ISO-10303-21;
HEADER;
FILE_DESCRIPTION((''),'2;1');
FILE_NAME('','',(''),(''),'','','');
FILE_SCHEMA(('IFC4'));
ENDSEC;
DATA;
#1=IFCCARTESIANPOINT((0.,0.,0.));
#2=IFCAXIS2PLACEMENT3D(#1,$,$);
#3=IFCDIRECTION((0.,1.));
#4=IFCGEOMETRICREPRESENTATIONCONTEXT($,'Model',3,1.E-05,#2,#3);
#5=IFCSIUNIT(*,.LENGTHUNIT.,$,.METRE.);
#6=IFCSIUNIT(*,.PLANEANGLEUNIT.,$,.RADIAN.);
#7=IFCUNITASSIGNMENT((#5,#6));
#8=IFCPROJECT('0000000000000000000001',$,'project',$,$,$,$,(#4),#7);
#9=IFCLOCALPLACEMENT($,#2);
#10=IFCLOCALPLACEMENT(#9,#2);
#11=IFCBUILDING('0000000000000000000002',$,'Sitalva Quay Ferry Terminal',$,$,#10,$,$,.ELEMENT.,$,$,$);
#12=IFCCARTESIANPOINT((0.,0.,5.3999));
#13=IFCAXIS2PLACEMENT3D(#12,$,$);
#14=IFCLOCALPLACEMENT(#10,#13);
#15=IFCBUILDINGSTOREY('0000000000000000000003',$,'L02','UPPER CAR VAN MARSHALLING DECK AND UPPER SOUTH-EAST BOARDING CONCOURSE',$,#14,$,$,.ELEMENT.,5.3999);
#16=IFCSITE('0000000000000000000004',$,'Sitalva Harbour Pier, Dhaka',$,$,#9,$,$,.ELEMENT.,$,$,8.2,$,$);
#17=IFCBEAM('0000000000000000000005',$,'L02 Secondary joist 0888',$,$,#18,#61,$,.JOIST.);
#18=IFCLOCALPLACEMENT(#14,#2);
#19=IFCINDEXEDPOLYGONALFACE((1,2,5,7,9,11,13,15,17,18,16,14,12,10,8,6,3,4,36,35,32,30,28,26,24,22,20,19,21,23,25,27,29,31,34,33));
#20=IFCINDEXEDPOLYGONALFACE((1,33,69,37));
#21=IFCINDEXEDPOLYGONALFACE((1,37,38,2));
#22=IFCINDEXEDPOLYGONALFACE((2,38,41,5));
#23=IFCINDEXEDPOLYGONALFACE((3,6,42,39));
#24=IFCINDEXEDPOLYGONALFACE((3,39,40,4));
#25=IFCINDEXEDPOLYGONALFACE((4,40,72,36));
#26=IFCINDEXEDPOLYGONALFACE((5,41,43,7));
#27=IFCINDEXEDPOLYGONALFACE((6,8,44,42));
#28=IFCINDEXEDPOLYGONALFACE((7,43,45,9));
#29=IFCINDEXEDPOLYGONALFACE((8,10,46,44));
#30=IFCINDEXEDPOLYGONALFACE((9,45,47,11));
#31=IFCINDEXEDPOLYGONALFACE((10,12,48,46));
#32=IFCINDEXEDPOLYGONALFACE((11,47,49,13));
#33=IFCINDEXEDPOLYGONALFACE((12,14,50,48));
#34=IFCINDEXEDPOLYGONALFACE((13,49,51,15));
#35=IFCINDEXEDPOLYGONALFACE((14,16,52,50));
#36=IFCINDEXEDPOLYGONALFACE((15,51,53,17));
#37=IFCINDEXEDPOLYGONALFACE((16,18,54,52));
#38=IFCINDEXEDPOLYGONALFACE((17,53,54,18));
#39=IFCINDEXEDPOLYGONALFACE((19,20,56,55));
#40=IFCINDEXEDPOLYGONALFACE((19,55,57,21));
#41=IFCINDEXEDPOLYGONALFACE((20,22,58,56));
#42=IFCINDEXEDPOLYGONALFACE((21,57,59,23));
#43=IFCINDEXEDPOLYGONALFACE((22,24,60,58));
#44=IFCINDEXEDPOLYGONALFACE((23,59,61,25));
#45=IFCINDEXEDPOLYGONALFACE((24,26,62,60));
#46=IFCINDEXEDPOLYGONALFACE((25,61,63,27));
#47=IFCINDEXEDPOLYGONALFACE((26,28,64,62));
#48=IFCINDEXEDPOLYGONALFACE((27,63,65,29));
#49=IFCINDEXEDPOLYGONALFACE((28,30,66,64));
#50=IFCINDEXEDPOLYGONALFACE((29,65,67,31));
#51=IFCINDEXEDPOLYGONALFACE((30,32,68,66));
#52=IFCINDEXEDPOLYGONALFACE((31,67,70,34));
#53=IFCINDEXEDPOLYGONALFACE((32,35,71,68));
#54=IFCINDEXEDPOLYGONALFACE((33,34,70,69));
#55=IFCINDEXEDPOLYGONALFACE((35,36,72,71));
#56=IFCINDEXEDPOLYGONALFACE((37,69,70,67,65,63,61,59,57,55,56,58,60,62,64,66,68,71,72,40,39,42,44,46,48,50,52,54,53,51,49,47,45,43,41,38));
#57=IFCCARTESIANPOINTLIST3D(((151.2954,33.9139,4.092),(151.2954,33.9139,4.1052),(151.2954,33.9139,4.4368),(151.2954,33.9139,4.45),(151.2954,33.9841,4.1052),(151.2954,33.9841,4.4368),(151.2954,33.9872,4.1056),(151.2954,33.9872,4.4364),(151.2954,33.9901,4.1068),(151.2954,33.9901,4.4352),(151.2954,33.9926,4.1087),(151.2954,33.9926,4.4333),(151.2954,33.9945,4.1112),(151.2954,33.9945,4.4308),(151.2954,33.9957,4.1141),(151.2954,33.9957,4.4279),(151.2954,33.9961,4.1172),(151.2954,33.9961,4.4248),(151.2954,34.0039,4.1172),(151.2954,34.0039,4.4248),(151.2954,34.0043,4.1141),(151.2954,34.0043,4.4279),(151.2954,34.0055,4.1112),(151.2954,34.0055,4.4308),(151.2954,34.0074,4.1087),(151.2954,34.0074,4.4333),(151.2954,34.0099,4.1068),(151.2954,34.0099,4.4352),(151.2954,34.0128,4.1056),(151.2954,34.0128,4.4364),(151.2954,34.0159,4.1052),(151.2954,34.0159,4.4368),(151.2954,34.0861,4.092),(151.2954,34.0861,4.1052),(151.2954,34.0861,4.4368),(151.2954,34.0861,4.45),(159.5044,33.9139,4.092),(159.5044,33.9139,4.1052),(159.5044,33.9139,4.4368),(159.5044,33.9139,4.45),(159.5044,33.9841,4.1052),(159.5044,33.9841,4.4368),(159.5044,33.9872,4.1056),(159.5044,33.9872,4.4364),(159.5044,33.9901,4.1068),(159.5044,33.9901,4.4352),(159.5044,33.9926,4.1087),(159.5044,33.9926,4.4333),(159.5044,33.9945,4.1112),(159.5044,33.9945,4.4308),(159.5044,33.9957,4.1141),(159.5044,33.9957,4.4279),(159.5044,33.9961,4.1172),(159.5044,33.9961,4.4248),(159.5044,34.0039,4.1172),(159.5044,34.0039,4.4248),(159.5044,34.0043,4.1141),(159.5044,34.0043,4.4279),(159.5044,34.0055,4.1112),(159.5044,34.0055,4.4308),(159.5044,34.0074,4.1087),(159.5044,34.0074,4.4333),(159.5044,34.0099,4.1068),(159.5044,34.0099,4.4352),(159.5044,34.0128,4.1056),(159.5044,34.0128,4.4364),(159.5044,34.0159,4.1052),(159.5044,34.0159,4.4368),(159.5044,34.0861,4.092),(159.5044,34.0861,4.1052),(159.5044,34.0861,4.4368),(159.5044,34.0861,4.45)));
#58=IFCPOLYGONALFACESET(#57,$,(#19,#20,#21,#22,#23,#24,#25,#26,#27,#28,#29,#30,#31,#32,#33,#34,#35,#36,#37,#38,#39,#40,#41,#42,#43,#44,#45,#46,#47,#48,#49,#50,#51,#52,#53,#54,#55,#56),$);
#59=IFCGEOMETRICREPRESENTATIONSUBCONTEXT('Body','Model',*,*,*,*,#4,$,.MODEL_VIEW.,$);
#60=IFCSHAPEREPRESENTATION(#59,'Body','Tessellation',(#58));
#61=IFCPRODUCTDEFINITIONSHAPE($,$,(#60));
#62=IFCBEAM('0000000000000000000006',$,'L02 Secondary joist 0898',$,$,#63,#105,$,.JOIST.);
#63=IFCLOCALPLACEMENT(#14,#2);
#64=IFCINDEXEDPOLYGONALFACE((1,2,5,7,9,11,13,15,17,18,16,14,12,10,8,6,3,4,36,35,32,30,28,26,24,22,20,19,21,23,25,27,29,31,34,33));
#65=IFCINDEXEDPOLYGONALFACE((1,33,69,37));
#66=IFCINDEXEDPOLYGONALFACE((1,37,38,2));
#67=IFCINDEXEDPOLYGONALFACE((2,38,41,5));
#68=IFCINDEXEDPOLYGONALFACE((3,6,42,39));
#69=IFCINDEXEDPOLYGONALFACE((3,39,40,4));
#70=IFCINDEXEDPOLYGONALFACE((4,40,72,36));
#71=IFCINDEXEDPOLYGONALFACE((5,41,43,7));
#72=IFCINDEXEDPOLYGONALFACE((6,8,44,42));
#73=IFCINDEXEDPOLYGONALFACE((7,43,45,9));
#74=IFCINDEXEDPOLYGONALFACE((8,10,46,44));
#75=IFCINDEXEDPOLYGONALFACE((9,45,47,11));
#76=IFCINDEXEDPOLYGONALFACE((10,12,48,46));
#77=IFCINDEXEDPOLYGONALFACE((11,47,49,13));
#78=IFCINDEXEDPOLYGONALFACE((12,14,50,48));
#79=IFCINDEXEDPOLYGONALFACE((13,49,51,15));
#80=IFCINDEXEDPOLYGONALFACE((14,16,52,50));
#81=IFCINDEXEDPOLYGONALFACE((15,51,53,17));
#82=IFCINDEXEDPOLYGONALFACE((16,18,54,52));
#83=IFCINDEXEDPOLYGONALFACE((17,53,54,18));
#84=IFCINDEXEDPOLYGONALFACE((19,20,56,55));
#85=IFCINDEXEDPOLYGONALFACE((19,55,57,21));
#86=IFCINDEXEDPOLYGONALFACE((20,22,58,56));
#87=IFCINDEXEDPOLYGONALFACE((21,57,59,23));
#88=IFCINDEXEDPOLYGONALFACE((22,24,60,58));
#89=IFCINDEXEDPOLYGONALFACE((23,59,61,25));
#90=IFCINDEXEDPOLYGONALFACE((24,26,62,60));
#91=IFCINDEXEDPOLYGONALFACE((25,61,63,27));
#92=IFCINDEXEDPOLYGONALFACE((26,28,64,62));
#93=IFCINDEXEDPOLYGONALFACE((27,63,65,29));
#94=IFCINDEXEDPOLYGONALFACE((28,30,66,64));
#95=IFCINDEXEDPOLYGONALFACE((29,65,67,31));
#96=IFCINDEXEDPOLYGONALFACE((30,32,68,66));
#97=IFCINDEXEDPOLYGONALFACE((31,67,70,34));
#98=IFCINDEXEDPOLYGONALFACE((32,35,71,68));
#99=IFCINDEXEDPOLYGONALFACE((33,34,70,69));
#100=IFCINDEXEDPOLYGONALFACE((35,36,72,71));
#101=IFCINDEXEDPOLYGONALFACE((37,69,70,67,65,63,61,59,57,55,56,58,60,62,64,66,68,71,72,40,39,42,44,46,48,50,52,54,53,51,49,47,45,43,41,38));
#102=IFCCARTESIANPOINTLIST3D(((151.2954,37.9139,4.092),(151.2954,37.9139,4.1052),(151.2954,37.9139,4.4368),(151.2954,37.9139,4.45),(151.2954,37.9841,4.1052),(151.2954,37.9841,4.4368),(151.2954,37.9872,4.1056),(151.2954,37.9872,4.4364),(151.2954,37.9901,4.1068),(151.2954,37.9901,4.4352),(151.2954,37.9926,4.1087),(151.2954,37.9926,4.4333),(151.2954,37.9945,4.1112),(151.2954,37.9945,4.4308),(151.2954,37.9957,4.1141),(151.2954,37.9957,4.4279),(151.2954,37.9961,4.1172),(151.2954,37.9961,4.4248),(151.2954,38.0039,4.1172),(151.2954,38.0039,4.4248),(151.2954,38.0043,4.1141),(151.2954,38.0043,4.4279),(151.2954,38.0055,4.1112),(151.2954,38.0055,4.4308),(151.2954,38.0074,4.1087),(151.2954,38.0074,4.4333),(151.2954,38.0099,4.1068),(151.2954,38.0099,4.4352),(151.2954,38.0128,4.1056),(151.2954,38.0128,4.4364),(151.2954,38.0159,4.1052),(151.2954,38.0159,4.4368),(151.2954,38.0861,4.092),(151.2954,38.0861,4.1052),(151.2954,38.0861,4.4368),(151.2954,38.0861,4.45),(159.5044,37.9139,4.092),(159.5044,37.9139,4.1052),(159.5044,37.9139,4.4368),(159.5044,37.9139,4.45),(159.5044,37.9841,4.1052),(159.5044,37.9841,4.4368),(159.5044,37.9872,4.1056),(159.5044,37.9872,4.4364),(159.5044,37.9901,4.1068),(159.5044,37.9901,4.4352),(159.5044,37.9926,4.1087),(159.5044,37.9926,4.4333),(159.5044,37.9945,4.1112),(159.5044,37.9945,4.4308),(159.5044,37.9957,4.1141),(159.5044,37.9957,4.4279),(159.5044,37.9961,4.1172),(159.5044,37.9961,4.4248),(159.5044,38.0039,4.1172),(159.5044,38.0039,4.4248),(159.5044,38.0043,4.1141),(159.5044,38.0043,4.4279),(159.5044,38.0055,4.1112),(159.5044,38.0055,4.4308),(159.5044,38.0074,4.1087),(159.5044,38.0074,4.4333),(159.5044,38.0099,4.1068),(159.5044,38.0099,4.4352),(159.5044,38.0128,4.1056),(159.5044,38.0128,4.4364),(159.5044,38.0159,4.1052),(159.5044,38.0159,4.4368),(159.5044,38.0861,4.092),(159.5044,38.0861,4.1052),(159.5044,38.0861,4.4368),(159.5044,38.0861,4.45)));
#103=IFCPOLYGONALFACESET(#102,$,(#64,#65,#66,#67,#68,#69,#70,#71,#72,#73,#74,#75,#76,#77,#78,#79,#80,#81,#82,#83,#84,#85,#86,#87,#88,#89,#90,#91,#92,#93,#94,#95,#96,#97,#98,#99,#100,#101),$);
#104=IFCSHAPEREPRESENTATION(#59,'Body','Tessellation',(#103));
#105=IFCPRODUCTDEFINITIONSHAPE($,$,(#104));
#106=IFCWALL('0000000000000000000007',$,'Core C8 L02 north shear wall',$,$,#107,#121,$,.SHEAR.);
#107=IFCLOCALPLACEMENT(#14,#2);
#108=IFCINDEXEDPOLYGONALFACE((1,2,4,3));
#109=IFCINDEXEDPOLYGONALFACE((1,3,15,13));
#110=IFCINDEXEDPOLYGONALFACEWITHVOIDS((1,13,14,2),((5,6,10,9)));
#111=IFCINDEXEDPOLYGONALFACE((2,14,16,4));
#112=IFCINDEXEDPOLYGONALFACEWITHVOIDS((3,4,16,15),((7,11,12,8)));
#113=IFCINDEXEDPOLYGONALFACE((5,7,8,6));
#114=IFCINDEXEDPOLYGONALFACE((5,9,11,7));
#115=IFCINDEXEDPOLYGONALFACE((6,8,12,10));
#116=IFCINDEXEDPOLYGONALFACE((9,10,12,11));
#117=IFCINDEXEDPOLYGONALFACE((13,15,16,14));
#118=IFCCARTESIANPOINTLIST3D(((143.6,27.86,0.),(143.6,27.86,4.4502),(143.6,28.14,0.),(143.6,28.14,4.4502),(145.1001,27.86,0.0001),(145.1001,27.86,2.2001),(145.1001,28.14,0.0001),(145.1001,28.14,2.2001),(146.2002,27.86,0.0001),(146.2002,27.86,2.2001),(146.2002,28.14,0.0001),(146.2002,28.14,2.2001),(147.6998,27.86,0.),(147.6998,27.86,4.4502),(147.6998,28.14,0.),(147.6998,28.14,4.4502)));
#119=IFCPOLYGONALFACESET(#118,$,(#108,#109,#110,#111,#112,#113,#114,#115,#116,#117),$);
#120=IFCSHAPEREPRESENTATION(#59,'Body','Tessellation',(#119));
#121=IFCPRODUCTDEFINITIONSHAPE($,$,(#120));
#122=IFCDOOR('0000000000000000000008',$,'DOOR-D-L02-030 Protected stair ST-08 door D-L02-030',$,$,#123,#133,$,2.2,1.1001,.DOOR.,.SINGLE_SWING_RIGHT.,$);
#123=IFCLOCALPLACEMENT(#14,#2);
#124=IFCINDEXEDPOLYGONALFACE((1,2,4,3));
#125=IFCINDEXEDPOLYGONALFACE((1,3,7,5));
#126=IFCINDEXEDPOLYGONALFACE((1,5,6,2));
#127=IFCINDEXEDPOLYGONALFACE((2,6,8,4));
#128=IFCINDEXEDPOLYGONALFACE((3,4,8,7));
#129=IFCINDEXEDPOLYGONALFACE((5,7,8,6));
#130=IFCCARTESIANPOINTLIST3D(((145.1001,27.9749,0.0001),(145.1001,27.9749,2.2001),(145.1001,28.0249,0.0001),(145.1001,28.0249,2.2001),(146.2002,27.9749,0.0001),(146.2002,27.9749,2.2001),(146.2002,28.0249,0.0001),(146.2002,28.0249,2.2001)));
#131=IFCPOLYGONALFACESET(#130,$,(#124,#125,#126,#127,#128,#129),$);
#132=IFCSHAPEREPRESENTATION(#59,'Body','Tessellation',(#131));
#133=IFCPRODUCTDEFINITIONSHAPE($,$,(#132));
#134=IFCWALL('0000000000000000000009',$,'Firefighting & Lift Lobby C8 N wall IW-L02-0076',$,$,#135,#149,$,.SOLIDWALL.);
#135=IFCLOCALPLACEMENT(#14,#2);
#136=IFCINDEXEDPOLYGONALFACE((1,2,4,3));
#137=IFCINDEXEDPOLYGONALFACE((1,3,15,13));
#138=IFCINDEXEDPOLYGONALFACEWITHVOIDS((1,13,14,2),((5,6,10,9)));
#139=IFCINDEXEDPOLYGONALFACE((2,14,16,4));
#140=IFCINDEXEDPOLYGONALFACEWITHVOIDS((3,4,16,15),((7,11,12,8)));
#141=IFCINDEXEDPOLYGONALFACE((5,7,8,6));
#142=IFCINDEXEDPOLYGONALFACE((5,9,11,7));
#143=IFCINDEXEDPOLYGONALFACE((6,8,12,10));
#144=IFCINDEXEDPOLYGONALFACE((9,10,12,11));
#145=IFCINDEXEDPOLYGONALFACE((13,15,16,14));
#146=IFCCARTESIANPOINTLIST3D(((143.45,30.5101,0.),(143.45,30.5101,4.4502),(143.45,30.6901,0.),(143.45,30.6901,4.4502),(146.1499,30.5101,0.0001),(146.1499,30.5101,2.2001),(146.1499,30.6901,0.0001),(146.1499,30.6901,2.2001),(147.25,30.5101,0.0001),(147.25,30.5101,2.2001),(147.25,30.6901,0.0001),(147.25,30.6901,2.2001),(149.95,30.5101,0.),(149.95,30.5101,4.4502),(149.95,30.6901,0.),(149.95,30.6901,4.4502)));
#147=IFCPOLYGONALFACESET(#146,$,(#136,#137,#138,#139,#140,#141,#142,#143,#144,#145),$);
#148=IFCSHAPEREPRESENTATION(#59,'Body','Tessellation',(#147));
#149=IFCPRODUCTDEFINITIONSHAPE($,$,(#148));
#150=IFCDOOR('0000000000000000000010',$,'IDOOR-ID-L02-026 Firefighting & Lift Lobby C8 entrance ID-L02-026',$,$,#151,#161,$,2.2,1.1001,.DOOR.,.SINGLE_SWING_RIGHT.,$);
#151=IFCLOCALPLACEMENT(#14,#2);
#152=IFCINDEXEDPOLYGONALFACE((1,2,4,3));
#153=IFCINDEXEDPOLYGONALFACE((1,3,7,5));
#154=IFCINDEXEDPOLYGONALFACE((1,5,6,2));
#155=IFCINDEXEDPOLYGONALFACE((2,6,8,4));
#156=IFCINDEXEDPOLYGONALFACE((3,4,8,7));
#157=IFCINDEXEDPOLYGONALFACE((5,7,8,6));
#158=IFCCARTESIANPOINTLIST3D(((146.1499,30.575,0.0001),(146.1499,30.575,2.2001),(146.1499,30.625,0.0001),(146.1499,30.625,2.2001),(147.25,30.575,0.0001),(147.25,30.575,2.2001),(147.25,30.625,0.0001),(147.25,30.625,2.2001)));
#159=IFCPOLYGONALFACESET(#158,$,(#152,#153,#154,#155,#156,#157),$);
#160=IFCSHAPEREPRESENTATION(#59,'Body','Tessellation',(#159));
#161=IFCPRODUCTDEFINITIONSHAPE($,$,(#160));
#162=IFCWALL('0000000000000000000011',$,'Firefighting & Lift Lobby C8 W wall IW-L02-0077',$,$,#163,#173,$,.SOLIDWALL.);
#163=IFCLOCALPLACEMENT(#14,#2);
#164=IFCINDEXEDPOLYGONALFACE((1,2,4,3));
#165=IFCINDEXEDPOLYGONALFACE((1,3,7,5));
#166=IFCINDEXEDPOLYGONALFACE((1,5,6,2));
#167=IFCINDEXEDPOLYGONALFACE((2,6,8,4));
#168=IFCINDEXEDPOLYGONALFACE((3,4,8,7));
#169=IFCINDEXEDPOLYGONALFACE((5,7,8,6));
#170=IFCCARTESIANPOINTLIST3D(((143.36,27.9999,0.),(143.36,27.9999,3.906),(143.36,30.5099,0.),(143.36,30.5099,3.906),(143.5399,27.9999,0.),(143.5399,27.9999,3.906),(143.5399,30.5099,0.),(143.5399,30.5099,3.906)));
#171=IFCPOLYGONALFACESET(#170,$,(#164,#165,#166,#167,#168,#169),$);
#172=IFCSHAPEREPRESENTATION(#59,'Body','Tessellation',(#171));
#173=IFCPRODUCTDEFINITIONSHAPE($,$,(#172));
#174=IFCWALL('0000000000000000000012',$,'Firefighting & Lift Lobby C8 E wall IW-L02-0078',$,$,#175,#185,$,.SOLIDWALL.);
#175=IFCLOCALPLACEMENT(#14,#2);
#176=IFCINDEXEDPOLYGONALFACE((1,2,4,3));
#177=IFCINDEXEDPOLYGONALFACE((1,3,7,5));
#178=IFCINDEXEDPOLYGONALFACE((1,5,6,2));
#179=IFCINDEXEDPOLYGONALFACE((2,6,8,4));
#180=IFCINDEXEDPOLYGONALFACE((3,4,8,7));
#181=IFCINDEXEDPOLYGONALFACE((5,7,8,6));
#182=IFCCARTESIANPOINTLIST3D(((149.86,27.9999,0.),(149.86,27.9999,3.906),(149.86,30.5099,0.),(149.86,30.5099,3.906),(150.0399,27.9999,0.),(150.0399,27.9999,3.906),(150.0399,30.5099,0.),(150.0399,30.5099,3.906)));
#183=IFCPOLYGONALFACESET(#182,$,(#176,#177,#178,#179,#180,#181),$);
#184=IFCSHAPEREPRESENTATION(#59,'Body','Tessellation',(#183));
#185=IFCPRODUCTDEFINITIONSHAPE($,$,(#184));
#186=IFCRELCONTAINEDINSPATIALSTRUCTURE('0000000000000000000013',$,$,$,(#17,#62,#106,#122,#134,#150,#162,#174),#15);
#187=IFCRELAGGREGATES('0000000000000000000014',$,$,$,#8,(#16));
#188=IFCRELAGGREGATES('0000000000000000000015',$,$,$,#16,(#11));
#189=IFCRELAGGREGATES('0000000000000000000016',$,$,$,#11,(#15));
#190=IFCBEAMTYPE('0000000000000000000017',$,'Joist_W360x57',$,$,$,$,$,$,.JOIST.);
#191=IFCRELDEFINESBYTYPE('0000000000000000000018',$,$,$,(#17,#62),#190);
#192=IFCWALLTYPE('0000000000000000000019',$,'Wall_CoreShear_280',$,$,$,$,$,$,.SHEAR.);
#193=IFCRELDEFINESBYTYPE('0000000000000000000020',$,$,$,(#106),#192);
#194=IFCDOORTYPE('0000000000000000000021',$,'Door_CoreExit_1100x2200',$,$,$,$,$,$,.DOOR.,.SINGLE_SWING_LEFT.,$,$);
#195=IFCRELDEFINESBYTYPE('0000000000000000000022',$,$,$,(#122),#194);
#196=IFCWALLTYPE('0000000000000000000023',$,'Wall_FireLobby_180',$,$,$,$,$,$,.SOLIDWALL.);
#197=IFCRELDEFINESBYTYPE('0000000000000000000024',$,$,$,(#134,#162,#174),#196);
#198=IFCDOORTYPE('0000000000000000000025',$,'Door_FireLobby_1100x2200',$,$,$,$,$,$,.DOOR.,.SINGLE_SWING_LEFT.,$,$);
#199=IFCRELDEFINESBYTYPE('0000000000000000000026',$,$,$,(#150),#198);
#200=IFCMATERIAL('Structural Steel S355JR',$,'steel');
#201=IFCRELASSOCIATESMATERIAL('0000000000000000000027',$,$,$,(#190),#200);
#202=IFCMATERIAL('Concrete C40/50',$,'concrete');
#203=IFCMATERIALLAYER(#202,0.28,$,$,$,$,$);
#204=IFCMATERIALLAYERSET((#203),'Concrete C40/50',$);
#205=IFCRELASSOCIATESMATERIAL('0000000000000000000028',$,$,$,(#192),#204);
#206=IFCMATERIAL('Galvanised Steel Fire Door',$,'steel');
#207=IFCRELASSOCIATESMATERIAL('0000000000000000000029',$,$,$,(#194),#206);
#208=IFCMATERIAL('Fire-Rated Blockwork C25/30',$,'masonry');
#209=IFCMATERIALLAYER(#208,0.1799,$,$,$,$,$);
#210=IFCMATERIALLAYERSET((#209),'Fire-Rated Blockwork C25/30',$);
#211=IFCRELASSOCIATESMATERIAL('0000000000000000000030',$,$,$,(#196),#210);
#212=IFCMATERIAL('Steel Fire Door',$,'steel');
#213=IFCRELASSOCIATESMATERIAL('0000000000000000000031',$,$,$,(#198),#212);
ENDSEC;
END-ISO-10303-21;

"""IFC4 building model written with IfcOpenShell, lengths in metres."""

from ifc_helpers import new_model, si_unit, direction, frame, frame_2d, origin, origin_2d, place, context, subcontext, project, spatial, rectangle, i_section, extrude, material, layer, layer_set, material_profile, profile_set, type_object, element, fill, save


model = new_model("IFC4")

# Units and contexts
model_context = context("Model", 3, precision=1e-05, world=origin(), true_north=direction((0.0, 1.0)))
body_context = subcontext(model_context, "Body", "Model", "MODEL_VIEW")
ifc_project = project(units=[si_unit("LENGTHUNIT", "METRE"), si_unit("PLANEANGLEUNIT", "RADIAN")], contexts=[model_context])

# Site, building, storey
site_placement = place(None, origin())
site = spatial("IfcSite", under=ifc_project, at=site_placement, Name="Sitalva Harbour Pier, Dhaka", CompositionType="ELEMENT", RefElevation=8.2)
building_placement = place(site_placement, origin())
building = spatial("IfcBuilding", under=site, at=building_placement, Name="Sitalva Quay Ferry Terminal", CompositionType="ELEMENT")
storey_placement = place(building_placement, frame((0.0, 0.0, 5.3999)))
storey = spatial("IfcBuildingStorey", under=building, at=storey_placement, Name="L02", Description="UPPER CAR VAN MARSHALLING DECK AND UPPER SOUTH-EAST BOARDING CONCOURSE", CompositionType="ELEMENT", Elevation=5.3999)

# Beams
ifc_material_1 = material(Name="Structural Steel S355JR", Category="steel")
ifc_material_profile_1 = material_profile(ifc_material_1, i_section(OverallWidth=0.1721, OverallDepth=0.3579, WebThickness=0.0078, FlangeThickness=0.0132, FilletRadius=0.012, at=origin_2d()), Name="W360x57")
ifc_profile_set_1 = profile_set([ifc_material_profile_1], Name="Structural Steel S355JR")
beam_type_1 = type_object("IfcBeamType", Name="Joist_W360x57", PredefinedType="JOIST", material=ifc_profile_set_1)
for number, where, z_axis, x_axis, name in (
    (1, (151.2954, 34.0, 4.271), (1.0, 0.0, 0.0), (0.0, 1.0, 0.0), "L02 Secondary joist 0888"),
    (2, (151.2954, 38.0, 4.271), (1.0, 0.0, 0.0), (0.0, 1.0, 0.0), "L02 Secondary joist 0898"),
):
    element("IfcBeam", number, at=place(storey_placement, frame(where, z_axis=z_axis, x_axis=x_axis)), inside=storey, type_object=beam_type_1, Name=name, PredefinedType="JOIST", context=body_context, shape_type="SweptSolid", body=[
        extrude(i_section(OverallWidth=0.1721, OverallDepth=0.3579, WebThickness=0.0078, FlangeThickness=0.0132, FilletRadius=0.012, at=origin_2d()), origin(), (0.0, 0.0, 1.0), 8.209),
    ])

# Walls, openings, doors
ifc_material_2 = material(Name="Concrete C40/50", Category="concrete")
ifc_layer_1 = layer(ifc_material_2, 0.28)
ifc_layer_set_1 = layer_set([ifc_layer_1], Name="Concrete C40/50")
wall_type_1 = type_object("IfcWallType", Name="Wall_CoreShear_280", PredefinedType="SHEAR", material=ifc_layer_set_1)
wall_1_placement = place(storey_placement, frame((143.6001, 28.0, 0.0), z_axis=(0.0, 0.0, 1.0), x_axis=(1.0, 0.0, 0.0)))
wall_1 = element("IfcWall", 3, at=wall_1_placement, inside=storey, type_object=wall_type_1, Name="Core C8 L02 north shear wall", PredefinedType="SHEAR", context=body_context, shape_type="SweptSolid", body=[
    extrude(rectangle(XDim=4.0999, YDim=0.28, at=frame_2d((2.0498, 0.0))), origin(), (0.0, 0.0, 1.0), 4.4502),
])
opening_1_placement = place(wall_1_placement, frame((1.5, 0.0, 0.0)))
opening_1 = element("IfcOpeningElement", 4, at=opening_1_placement, cuts=wall_1, PredefinedType="OPENING", context=body_context, shape_type="SweptSolid", body=[
    extrude(rectangle(XDim=1.1001, YDim=2.2, at=frame_2d((0.55, 1.1001))), frame((0.0, 0.1499, 0.0), z_axis=(0.0, -1.0, 0.0), x_axis=(1.0, 0.0, 0.0)), (0.0, 0.0, 1.0), 0.3),
])
ifc_material_3 = material(Name="Galvanised Steel Fire Door", Category="steel")
door_type_1 = type_object("IfcDoorType", Name="Door_CoreExit_1100x2200", OperationType="SINGLE_SWING_LEFT", PredefinedType="DOOR", material=ifc_material_3)
door_1_placement = place(opening_1_placement, origin())
door_1 = element("IfcDoor", 5, at=door_1_placement, inside=storey, type_object=door_type_1, Name="DOOR-D-L02-030 Protected stair ST-08 door D-L02-030", OperationType="SINGLE_SWING_RIGHT", OverallHeight=2.2, OverallWidth=1.1001, PredefinedType="DOOR", context=body_context, shape_type="SweptSolid", body=[
    extrude(rectangle(XDim=1.1001, YDim=2.2, at=frame_2d((0.55, 1.1001))), frame((0.0, 0.0249, 0.0), z_axis=(0.0, -1.0, 0.0), x_axis=(1.0, 0.0, 0.0)), (0.0, 0.0, 1.0), 0.05),
])
fill(opening_1, door_1)
ifc_material_4 = material(Name="Fire-Rated Blockwork C25/30", Category="masonry")
ifc_layer_2 = layer(ifc_material_4, 0.1799)
ifc_layer_set_2 = layer_set([ifc_layer_2], Name="Fire-Rated Blockwork C25/30")
wall_type_2 = type_object("IfcWallType", Name="Wall_FireLobby_180", PredefinedType="SOLIDWALL", material=ifc_layer_set_2)
wall_2_placement = place(storey_placement, frame((143.45, 30.6001, 0.0), z_axis=(0.0, 0.0, 1.0), x_axis=(1.0, 0.0, 0.0)))
wall_2 = element("IfcWall", 6, at=wall_2_placement, inside=storey, type_object=wall_type_2, Name="Firefighting & Lift Lobby C8 N wall IW-L02-0076", PredefinedType="SOLIDWALL", context=body_context, shape_type="SweptSolid", body=[
    extrude(rectangle(XDim=6.5, YDim=0.1799, at=frame_2d((3.25, 0.0))), origin(), (0.0, 0.0, 1.0), 4.4502),
])
opening_2_placement = place(wall_2_placement, frame((2.7, 0.0, 0.0)))
opening_2 = element("IfcOpeningElement", 7, at=opening_2_placement, cuts=wall_2, PredefinedType="OPENING", context=body_context, shape_type="SweptSolid", body=[
    extrude(rectangle(XDim=1.1001, YDim=2.2, at=frame_2d((0.55, 1.1001))), frame((0.0, 0.0999, 0.0), z_axis=(0.0, -1.0, 0.0), x_axis=(1.0, 0.0, 0.0)), (0.0, 0.0, 1.0), 0.2),
])
ifc_material_5 = material(Name="Steel Fire Door", Category="steel")
door_type_2 = type_object("IfcDoorType", Name="Door_FireLobby_1100x2200", OperationType="SINGLE_SWING_LEFT", PredefinedType="DOOR", material=ifc_material_5)
door_2_placement = place(opening_2_placement, origin())
door_2 = element("IfcDoor", 8, at=door_2_placement, inside=storey, type_object=door_type_2, Name="IDOOR-ID-L02-026 Firefighting & Lift Lobby C8 entrance ID-L02-026", OperationType="SINGLE_SWING_RIGHT", OverallHeight=2.2, OverallWidth=1.1001, PredefinedType="DOOR", context=body_context, shape_type="SweptSolid", body=[
    extrude(rectangle(XDim=1.1001, YDim=2.2, at=frame_2d((0.55, 1.1001))), frame((0.0, 0.0249, 0.0), z_axis=(0.0, -1.0, 0.0), x_axis=(1.0, 0.0, 0.0)), (0.0, 0.0, 1.0), 0.05),
])
fill(opening_2, door_2)

# Walls
for number, where, z_axis, x_axis, name in (
    (9, (143.45, 28.0, 0.0), (0.0, 0.0, 1.0), (0.0, 1.0, 0.0), "Firefighting & Lift Lobby C8 W wall IW-L02-0077"),
    (10, (149.95, 28.0, 0.0), (0.0, 0.0, 1.0), (0.0, 1.0, 0.0), "Firefighting & Lift Lobby C8 E wall IW-L02-0078"),
):
    element("IfcWall", number, at=place(storey_placement, frame(where, z_axis=z_axis, x_axis=x_axis)), inside=storey, type_object=wall_type_2, Name=name, PredefinedType="SOLIDWALL", context=body_context, shape_type="SweptSolid", body=[
        extrude(rectangle(XDim=2.51, YDim=0.1799, at=frame_2d((1.2549, 0.0))), origin(), (0.0, 0.0, 1.0), 3.906),
    ])

save(model, "model.ifc")
